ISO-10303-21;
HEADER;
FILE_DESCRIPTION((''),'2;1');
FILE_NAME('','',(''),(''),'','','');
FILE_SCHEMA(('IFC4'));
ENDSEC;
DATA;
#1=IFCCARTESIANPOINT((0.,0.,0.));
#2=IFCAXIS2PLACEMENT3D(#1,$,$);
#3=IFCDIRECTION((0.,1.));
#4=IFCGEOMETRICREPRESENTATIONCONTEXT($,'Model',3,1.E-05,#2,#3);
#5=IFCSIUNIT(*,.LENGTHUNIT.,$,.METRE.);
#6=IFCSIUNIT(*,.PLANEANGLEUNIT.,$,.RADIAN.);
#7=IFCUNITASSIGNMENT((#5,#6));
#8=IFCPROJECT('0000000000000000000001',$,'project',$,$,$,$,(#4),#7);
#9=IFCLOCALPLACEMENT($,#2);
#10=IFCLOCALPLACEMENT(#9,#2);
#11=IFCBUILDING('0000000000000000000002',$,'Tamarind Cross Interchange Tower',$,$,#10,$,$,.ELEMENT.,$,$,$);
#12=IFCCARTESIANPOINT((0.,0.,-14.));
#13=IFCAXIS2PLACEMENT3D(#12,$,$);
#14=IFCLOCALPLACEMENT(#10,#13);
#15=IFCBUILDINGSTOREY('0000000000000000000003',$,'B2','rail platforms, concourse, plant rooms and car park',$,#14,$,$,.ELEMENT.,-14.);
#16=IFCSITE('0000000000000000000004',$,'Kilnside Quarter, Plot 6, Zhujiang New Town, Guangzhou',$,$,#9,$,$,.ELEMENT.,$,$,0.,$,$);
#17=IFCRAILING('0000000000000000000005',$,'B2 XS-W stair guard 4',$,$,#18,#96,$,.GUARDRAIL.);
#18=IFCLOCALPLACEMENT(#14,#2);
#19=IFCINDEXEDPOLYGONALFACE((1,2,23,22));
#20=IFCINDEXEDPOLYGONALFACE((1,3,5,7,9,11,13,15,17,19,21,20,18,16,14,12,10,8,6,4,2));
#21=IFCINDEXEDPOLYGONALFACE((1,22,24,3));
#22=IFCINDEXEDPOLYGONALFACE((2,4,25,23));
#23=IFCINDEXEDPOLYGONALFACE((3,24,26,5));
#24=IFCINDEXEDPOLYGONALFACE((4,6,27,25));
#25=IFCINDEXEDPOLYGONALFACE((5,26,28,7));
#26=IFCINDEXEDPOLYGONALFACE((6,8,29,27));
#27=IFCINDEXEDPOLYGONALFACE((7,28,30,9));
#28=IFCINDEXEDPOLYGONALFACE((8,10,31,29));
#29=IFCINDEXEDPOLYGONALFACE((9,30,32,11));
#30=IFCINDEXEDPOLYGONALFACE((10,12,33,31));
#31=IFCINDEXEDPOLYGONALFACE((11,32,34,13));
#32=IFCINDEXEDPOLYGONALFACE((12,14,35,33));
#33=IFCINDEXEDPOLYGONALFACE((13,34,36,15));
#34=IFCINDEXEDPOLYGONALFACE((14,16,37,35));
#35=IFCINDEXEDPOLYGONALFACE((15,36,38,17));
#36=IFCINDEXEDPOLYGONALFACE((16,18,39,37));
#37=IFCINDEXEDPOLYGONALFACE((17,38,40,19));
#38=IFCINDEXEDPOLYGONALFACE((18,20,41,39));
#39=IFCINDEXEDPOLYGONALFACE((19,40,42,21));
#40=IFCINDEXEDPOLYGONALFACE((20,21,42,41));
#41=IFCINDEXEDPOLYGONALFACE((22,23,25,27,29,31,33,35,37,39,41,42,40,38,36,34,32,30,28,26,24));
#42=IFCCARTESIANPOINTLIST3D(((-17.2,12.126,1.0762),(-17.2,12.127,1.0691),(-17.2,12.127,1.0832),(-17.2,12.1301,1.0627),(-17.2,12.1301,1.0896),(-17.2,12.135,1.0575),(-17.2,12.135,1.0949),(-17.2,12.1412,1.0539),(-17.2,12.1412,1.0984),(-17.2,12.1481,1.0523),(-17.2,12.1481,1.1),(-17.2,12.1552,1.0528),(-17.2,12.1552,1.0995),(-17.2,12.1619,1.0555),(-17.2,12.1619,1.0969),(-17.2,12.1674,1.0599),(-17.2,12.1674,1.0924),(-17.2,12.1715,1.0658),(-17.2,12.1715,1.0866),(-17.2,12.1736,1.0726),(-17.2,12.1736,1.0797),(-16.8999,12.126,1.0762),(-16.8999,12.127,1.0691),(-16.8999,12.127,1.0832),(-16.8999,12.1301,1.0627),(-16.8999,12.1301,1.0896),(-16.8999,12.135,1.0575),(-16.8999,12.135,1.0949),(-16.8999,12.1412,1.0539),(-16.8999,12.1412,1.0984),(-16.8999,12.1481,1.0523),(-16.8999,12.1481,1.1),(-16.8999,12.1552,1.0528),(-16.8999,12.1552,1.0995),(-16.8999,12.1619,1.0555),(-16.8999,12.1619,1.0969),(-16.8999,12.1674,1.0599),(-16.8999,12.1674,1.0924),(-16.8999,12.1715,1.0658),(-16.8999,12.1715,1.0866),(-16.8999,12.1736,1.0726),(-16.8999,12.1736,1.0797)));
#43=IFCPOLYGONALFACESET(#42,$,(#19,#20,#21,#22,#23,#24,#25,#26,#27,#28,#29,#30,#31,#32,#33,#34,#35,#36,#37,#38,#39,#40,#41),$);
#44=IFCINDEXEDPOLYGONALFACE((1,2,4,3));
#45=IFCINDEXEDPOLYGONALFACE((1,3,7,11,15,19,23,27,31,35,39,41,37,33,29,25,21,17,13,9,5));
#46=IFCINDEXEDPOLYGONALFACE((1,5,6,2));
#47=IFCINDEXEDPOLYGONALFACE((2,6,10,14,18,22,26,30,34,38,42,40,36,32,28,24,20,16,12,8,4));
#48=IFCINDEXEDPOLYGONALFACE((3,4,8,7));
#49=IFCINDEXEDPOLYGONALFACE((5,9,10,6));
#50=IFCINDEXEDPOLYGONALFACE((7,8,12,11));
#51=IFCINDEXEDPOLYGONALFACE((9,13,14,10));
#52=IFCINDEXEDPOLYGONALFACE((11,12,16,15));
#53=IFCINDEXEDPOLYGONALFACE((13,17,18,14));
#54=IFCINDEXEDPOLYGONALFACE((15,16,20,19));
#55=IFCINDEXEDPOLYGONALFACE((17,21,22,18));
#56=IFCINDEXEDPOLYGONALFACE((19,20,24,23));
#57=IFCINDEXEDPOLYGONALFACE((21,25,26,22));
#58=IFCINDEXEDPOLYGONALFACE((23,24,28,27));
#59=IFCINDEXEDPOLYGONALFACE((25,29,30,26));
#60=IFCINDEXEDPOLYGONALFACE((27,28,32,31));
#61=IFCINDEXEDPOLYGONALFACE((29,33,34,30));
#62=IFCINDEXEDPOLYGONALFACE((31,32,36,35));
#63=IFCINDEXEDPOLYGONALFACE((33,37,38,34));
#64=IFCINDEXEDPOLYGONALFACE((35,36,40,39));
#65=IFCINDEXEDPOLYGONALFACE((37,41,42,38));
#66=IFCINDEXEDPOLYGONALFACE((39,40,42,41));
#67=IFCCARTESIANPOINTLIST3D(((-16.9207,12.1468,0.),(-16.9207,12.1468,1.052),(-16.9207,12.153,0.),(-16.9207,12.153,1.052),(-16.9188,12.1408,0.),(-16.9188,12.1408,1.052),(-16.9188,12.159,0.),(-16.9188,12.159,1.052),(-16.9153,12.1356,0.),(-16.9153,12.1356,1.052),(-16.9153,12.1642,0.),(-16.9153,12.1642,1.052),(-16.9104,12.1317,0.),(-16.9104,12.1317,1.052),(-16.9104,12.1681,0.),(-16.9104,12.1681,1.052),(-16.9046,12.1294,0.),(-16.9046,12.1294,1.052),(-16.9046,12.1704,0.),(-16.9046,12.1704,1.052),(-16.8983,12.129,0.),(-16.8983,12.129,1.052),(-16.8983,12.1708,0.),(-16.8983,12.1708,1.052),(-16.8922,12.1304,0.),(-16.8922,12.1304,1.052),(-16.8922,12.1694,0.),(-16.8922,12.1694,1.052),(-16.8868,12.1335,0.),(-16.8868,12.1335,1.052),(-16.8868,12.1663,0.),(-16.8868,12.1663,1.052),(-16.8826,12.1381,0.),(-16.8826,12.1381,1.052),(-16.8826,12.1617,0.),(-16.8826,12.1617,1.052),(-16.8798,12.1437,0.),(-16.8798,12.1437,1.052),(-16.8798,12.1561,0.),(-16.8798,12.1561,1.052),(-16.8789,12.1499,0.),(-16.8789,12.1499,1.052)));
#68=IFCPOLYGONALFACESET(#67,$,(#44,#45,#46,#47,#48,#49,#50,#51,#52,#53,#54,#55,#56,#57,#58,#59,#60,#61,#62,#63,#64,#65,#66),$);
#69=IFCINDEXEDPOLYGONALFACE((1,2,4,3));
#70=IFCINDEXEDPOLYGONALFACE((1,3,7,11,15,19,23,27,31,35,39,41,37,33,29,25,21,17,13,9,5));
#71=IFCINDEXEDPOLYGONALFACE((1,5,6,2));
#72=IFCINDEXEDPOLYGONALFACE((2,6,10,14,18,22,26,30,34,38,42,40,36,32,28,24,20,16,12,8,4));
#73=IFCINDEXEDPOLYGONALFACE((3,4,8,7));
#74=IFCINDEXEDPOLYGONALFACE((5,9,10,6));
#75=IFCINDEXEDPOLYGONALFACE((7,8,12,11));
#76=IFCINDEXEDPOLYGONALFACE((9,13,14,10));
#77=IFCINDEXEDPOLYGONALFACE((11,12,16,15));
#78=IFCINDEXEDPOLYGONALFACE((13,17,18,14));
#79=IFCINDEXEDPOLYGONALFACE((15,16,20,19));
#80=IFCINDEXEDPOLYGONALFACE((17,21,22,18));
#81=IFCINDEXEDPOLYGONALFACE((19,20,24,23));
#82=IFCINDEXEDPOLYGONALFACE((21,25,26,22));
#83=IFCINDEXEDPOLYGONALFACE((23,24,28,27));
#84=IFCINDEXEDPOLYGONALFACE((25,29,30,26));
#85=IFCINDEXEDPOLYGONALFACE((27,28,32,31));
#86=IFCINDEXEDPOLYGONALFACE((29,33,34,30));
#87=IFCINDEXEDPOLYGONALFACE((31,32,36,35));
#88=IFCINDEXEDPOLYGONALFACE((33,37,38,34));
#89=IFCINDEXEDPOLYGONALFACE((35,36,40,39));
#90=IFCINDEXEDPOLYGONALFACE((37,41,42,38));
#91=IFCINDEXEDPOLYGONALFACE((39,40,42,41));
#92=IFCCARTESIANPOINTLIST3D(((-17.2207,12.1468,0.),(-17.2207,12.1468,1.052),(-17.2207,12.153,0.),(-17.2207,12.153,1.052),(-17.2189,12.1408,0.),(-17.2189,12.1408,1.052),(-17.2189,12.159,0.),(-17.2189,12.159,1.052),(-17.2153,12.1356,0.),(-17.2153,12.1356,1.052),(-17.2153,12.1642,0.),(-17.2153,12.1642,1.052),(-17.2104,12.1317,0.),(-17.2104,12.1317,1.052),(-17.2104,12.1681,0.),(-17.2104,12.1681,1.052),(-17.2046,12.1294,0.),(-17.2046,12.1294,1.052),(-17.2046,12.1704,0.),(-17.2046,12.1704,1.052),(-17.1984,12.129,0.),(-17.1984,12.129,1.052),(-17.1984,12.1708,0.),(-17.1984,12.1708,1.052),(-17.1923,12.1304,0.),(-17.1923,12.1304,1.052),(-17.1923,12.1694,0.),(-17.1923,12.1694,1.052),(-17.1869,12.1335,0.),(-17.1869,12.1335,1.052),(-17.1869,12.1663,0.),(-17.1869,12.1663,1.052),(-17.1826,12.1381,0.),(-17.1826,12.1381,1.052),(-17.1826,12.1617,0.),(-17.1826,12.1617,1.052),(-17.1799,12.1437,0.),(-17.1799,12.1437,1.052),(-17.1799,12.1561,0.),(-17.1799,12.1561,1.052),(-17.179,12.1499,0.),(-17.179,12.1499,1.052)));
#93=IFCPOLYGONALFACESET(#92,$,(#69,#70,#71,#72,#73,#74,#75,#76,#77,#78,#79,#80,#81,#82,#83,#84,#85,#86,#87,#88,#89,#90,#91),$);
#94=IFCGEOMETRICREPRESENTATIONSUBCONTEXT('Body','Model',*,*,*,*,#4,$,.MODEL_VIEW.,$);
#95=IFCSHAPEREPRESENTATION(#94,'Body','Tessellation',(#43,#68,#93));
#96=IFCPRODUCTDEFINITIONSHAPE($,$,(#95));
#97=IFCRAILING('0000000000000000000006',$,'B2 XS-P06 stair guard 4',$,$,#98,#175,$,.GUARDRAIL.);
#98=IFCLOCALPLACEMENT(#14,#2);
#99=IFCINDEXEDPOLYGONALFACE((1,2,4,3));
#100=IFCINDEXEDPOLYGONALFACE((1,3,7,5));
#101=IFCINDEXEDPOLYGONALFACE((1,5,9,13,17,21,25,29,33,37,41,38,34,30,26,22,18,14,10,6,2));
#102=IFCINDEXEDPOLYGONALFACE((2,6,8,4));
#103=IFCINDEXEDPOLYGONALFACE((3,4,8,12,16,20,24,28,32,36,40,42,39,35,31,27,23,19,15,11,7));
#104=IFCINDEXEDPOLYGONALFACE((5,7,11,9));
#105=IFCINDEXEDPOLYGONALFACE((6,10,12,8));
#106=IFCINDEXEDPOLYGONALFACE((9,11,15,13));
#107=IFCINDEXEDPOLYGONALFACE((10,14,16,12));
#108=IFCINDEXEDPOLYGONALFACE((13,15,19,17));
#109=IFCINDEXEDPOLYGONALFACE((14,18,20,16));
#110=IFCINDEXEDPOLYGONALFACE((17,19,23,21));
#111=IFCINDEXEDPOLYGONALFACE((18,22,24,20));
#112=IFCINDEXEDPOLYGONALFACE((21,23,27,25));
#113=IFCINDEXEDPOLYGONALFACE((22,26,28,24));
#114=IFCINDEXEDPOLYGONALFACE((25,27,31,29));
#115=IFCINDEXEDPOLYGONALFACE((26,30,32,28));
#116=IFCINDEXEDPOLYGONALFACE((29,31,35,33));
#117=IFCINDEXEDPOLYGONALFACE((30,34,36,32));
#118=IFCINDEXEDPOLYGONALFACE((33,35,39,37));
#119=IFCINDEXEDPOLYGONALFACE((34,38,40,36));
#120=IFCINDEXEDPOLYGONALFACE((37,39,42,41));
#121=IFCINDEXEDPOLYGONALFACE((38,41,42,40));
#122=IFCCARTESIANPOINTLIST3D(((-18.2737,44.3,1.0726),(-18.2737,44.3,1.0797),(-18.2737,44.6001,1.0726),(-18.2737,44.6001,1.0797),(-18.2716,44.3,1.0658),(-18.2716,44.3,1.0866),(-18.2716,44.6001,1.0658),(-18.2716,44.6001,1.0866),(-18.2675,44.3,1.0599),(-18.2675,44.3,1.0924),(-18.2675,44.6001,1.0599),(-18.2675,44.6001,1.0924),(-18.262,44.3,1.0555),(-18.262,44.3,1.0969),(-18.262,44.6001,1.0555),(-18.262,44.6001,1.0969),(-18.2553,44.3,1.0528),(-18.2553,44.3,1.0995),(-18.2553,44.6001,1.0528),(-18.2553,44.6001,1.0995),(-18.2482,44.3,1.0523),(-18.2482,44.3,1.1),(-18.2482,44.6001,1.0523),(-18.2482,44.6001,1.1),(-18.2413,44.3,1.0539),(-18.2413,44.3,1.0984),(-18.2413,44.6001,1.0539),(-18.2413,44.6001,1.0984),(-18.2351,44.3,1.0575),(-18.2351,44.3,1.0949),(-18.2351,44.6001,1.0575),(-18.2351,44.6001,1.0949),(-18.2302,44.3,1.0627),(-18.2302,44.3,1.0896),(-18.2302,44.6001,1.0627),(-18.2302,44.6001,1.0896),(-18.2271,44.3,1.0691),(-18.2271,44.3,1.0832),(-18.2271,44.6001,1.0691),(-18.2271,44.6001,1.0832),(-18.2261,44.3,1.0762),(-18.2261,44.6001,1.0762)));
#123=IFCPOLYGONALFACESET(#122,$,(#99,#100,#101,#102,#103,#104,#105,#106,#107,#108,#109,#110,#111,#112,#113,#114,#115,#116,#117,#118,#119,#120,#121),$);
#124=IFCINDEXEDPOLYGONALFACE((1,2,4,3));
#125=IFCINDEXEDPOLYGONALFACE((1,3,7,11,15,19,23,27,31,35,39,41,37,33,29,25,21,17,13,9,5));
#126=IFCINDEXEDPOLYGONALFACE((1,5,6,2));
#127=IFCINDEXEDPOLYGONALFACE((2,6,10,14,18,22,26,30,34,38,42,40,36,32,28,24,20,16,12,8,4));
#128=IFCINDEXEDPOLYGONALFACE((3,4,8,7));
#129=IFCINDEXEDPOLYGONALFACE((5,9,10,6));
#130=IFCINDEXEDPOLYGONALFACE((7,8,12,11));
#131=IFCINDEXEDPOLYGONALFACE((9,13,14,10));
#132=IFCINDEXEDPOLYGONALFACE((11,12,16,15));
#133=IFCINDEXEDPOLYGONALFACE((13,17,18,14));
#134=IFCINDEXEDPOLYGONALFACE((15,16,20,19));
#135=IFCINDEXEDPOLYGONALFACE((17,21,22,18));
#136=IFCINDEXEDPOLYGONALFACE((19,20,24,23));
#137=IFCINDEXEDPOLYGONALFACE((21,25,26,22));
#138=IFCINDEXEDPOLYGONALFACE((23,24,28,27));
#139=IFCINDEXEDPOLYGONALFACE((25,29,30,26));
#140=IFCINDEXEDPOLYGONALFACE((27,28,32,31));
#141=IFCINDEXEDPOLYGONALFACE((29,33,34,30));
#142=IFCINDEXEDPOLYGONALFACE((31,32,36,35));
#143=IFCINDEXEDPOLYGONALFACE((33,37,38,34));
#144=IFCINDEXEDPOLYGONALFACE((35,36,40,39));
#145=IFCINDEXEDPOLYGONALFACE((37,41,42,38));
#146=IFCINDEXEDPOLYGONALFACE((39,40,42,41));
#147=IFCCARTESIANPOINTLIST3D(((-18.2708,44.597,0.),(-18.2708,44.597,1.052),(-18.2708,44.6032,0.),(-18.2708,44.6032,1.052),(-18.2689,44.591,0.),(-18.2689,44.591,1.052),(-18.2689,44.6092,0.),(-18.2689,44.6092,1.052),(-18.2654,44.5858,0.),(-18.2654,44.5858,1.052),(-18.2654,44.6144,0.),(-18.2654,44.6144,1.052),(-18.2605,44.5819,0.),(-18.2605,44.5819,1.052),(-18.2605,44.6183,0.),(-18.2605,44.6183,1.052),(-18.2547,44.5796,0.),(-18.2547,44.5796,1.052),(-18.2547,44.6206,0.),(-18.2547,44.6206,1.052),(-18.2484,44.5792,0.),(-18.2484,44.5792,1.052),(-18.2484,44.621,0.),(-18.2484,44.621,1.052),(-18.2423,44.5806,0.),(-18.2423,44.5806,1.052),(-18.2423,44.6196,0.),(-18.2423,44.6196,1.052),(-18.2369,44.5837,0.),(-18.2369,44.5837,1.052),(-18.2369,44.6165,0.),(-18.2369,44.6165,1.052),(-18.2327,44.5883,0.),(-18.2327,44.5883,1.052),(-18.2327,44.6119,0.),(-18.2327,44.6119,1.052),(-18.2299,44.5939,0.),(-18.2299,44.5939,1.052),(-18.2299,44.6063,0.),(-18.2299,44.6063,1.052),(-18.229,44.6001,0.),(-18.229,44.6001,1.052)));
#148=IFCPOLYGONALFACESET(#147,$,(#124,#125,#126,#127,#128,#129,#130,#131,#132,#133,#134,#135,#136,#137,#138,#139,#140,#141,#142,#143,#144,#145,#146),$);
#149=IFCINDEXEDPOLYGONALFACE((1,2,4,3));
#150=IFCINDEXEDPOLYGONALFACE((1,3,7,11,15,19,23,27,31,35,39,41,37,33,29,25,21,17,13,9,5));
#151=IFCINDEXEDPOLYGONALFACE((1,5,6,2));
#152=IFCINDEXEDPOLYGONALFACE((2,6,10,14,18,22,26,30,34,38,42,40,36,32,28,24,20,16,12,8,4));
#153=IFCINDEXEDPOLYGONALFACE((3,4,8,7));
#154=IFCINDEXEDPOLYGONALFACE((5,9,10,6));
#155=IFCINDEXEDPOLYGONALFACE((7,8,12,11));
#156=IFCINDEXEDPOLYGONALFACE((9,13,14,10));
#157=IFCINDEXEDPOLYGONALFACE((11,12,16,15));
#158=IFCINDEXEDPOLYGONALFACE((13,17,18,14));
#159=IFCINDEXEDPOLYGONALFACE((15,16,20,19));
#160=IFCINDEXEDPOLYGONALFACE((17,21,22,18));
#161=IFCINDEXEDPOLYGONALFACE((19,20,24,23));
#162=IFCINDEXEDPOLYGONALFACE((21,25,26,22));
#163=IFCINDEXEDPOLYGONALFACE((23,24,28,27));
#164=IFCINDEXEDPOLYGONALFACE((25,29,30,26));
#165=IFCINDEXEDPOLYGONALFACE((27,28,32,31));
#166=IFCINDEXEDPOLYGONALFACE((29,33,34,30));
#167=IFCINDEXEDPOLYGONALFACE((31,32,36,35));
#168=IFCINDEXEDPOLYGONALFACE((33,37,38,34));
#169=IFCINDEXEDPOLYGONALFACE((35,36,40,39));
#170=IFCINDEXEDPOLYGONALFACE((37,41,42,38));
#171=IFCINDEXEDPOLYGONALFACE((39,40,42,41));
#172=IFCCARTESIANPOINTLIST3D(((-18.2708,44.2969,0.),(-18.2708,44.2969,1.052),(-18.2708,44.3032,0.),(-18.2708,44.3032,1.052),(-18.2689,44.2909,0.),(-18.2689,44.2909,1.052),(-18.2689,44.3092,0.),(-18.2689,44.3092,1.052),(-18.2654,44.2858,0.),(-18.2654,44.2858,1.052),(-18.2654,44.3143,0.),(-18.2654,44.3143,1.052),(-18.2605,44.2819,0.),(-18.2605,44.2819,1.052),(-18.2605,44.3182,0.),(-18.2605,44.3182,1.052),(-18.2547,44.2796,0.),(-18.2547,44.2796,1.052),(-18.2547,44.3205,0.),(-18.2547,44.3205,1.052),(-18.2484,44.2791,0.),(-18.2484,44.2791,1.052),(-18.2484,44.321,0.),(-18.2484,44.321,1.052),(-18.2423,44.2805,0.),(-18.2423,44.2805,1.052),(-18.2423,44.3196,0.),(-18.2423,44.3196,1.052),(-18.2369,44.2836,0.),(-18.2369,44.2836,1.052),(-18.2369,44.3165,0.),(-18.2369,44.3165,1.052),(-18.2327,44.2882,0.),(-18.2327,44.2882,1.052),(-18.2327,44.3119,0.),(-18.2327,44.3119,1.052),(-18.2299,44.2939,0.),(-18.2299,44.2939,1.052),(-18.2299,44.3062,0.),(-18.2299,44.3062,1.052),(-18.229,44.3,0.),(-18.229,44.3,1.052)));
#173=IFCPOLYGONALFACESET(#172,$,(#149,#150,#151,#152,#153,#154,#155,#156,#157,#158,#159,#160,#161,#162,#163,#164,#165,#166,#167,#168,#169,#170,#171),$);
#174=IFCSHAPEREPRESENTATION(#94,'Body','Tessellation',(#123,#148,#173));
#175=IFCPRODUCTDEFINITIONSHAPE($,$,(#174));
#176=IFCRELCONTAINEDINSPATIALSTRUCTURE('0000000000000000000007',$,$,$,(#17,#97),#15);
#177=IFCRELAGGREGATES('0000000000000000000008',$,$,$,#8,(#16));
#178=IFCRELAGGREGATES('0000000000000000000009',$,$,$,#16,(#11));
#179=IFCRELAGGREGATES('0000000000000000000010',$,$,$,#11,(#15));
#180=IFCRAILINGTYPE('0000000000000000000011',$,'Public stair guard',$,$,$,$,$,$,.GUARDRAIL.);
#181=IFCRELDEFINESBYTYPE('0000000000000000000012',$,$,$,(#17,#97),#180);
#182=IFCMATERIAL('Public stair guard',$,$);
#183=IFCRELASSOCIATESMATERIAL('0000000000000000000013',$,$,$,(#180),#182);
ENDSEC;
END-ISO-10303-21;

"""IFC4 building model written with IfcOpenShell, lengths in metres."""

from ifc_helpers import new_model, si_unit, direction, frame, origin, origin_2d, place, context, subcontext, project, spatial, circle, extrude, material, type_object, element, save


model = new_model("IFC4")

# Units and contexts
model_context = context("Model", 3, precision=1e-05, world=origin(), true_north=direction((0.0, 1.0)))
body_context = subcontext(model_context, "Body", "Model", "MODEL_VIEW")
ifc_project = project(units=[si_unit("LENGTHUNIT", "METRE"), si_unit("PLANEANGLEUNIT", "RADIAN")], contexts=[model_context])

# Site, building, storey
site_placement = place(None, origin())
site = spatial("IfcSite", under=ifc_project, at=site_placement, Name="Kilnside Quarter, Plot 6, Zhujiang New Town, Guangzhou", CompositionType="ELEMENT", RefElevation=0.0)
building_placement = place(site_placement, origin())
building = spatial("IfcBuilding", under=site, at=building_placement, Name="Tamarind Cross Interchange Tower", CompositionType="ELEMENT")
storey_placement = place(building_placement, frame((0.0, 0.0, -14.0)))
storey = spatial("IfcBuildingStorey", under=building, at=storey_placement, Name="B2", Description="rail platforms, concourse, plant rooms and car park", CompositionType="ELEMENT", Elevation=-14.0)

# Railings
ifc_material_1 = material(Name="Public stair guard")
railing_type_1 = type_object("IfcRailingType", Name="Public stair guard", PredefinedType="GUARDRAIL", material=ifc_material_1)
railing_1_placement = place(storey_placement, frame((-16.8999, 12.1499, 0.0)))
element("IfcRailing", 1, at=railing_1_placement, inside=storey, type_object=railing_type_1, Name="B2 XS-W stair guard 4", PredefinedType="GUARDRAIL", context=body_context, shape_type="SweptSolid", body=[
    extrude(circle(Radius=0.0239, at=origin_2d()), frame((0.0, 0.0, 1.0762), z_axis=(-1.0, 0.0, 0.0), x_axis=(0.0, -1.0, 0.0)), (0.0, 0.0, 1.0), 0.3),
    extrude(circle(Radius=0.021, at=origin_2d()), origin(), (0.0, 0.0, 1.0), 1.052),
    extrude(circle(Radius=0.021, at=origin_2d()), frame((-0.3, 0.0, 0.0)), (0.0, 0.0, 1.0), 1.052),
])
railing_2_placement = place(storey_placement, frame((-18.25, 44.6001, 0.0)))
element("IfcRailing", 2, at=railing_2_placement, inside=storey, type_object=railing_type_1, Name="B2 XS-P06 stair guard 4", PredefinedType="GUARDRAIL", context=body_context, shape_type="SweptSolid", body=[
    extrude(circle(Radius=0.0239, at=origin_2d()), frame((0.0, 0.0, 1.0762), z_axis=(0.0, -1.0, 0.0), x_axis=(1.0, 0.0, 0.0)), (0.0, 0.0, 1.0), 0.3),
    extrude(circle(Radius=0.021, at=origin_2d()), origin(), (0.0, 0.0, 1.0), 1.052),
    extrude(circle(Radius=0.021, at=origin_2d()), frame((0.0, -0.3, 0.0)), (0.0, 0.0, 1.0), 1.052),
])

save(model, "model.ifc")
